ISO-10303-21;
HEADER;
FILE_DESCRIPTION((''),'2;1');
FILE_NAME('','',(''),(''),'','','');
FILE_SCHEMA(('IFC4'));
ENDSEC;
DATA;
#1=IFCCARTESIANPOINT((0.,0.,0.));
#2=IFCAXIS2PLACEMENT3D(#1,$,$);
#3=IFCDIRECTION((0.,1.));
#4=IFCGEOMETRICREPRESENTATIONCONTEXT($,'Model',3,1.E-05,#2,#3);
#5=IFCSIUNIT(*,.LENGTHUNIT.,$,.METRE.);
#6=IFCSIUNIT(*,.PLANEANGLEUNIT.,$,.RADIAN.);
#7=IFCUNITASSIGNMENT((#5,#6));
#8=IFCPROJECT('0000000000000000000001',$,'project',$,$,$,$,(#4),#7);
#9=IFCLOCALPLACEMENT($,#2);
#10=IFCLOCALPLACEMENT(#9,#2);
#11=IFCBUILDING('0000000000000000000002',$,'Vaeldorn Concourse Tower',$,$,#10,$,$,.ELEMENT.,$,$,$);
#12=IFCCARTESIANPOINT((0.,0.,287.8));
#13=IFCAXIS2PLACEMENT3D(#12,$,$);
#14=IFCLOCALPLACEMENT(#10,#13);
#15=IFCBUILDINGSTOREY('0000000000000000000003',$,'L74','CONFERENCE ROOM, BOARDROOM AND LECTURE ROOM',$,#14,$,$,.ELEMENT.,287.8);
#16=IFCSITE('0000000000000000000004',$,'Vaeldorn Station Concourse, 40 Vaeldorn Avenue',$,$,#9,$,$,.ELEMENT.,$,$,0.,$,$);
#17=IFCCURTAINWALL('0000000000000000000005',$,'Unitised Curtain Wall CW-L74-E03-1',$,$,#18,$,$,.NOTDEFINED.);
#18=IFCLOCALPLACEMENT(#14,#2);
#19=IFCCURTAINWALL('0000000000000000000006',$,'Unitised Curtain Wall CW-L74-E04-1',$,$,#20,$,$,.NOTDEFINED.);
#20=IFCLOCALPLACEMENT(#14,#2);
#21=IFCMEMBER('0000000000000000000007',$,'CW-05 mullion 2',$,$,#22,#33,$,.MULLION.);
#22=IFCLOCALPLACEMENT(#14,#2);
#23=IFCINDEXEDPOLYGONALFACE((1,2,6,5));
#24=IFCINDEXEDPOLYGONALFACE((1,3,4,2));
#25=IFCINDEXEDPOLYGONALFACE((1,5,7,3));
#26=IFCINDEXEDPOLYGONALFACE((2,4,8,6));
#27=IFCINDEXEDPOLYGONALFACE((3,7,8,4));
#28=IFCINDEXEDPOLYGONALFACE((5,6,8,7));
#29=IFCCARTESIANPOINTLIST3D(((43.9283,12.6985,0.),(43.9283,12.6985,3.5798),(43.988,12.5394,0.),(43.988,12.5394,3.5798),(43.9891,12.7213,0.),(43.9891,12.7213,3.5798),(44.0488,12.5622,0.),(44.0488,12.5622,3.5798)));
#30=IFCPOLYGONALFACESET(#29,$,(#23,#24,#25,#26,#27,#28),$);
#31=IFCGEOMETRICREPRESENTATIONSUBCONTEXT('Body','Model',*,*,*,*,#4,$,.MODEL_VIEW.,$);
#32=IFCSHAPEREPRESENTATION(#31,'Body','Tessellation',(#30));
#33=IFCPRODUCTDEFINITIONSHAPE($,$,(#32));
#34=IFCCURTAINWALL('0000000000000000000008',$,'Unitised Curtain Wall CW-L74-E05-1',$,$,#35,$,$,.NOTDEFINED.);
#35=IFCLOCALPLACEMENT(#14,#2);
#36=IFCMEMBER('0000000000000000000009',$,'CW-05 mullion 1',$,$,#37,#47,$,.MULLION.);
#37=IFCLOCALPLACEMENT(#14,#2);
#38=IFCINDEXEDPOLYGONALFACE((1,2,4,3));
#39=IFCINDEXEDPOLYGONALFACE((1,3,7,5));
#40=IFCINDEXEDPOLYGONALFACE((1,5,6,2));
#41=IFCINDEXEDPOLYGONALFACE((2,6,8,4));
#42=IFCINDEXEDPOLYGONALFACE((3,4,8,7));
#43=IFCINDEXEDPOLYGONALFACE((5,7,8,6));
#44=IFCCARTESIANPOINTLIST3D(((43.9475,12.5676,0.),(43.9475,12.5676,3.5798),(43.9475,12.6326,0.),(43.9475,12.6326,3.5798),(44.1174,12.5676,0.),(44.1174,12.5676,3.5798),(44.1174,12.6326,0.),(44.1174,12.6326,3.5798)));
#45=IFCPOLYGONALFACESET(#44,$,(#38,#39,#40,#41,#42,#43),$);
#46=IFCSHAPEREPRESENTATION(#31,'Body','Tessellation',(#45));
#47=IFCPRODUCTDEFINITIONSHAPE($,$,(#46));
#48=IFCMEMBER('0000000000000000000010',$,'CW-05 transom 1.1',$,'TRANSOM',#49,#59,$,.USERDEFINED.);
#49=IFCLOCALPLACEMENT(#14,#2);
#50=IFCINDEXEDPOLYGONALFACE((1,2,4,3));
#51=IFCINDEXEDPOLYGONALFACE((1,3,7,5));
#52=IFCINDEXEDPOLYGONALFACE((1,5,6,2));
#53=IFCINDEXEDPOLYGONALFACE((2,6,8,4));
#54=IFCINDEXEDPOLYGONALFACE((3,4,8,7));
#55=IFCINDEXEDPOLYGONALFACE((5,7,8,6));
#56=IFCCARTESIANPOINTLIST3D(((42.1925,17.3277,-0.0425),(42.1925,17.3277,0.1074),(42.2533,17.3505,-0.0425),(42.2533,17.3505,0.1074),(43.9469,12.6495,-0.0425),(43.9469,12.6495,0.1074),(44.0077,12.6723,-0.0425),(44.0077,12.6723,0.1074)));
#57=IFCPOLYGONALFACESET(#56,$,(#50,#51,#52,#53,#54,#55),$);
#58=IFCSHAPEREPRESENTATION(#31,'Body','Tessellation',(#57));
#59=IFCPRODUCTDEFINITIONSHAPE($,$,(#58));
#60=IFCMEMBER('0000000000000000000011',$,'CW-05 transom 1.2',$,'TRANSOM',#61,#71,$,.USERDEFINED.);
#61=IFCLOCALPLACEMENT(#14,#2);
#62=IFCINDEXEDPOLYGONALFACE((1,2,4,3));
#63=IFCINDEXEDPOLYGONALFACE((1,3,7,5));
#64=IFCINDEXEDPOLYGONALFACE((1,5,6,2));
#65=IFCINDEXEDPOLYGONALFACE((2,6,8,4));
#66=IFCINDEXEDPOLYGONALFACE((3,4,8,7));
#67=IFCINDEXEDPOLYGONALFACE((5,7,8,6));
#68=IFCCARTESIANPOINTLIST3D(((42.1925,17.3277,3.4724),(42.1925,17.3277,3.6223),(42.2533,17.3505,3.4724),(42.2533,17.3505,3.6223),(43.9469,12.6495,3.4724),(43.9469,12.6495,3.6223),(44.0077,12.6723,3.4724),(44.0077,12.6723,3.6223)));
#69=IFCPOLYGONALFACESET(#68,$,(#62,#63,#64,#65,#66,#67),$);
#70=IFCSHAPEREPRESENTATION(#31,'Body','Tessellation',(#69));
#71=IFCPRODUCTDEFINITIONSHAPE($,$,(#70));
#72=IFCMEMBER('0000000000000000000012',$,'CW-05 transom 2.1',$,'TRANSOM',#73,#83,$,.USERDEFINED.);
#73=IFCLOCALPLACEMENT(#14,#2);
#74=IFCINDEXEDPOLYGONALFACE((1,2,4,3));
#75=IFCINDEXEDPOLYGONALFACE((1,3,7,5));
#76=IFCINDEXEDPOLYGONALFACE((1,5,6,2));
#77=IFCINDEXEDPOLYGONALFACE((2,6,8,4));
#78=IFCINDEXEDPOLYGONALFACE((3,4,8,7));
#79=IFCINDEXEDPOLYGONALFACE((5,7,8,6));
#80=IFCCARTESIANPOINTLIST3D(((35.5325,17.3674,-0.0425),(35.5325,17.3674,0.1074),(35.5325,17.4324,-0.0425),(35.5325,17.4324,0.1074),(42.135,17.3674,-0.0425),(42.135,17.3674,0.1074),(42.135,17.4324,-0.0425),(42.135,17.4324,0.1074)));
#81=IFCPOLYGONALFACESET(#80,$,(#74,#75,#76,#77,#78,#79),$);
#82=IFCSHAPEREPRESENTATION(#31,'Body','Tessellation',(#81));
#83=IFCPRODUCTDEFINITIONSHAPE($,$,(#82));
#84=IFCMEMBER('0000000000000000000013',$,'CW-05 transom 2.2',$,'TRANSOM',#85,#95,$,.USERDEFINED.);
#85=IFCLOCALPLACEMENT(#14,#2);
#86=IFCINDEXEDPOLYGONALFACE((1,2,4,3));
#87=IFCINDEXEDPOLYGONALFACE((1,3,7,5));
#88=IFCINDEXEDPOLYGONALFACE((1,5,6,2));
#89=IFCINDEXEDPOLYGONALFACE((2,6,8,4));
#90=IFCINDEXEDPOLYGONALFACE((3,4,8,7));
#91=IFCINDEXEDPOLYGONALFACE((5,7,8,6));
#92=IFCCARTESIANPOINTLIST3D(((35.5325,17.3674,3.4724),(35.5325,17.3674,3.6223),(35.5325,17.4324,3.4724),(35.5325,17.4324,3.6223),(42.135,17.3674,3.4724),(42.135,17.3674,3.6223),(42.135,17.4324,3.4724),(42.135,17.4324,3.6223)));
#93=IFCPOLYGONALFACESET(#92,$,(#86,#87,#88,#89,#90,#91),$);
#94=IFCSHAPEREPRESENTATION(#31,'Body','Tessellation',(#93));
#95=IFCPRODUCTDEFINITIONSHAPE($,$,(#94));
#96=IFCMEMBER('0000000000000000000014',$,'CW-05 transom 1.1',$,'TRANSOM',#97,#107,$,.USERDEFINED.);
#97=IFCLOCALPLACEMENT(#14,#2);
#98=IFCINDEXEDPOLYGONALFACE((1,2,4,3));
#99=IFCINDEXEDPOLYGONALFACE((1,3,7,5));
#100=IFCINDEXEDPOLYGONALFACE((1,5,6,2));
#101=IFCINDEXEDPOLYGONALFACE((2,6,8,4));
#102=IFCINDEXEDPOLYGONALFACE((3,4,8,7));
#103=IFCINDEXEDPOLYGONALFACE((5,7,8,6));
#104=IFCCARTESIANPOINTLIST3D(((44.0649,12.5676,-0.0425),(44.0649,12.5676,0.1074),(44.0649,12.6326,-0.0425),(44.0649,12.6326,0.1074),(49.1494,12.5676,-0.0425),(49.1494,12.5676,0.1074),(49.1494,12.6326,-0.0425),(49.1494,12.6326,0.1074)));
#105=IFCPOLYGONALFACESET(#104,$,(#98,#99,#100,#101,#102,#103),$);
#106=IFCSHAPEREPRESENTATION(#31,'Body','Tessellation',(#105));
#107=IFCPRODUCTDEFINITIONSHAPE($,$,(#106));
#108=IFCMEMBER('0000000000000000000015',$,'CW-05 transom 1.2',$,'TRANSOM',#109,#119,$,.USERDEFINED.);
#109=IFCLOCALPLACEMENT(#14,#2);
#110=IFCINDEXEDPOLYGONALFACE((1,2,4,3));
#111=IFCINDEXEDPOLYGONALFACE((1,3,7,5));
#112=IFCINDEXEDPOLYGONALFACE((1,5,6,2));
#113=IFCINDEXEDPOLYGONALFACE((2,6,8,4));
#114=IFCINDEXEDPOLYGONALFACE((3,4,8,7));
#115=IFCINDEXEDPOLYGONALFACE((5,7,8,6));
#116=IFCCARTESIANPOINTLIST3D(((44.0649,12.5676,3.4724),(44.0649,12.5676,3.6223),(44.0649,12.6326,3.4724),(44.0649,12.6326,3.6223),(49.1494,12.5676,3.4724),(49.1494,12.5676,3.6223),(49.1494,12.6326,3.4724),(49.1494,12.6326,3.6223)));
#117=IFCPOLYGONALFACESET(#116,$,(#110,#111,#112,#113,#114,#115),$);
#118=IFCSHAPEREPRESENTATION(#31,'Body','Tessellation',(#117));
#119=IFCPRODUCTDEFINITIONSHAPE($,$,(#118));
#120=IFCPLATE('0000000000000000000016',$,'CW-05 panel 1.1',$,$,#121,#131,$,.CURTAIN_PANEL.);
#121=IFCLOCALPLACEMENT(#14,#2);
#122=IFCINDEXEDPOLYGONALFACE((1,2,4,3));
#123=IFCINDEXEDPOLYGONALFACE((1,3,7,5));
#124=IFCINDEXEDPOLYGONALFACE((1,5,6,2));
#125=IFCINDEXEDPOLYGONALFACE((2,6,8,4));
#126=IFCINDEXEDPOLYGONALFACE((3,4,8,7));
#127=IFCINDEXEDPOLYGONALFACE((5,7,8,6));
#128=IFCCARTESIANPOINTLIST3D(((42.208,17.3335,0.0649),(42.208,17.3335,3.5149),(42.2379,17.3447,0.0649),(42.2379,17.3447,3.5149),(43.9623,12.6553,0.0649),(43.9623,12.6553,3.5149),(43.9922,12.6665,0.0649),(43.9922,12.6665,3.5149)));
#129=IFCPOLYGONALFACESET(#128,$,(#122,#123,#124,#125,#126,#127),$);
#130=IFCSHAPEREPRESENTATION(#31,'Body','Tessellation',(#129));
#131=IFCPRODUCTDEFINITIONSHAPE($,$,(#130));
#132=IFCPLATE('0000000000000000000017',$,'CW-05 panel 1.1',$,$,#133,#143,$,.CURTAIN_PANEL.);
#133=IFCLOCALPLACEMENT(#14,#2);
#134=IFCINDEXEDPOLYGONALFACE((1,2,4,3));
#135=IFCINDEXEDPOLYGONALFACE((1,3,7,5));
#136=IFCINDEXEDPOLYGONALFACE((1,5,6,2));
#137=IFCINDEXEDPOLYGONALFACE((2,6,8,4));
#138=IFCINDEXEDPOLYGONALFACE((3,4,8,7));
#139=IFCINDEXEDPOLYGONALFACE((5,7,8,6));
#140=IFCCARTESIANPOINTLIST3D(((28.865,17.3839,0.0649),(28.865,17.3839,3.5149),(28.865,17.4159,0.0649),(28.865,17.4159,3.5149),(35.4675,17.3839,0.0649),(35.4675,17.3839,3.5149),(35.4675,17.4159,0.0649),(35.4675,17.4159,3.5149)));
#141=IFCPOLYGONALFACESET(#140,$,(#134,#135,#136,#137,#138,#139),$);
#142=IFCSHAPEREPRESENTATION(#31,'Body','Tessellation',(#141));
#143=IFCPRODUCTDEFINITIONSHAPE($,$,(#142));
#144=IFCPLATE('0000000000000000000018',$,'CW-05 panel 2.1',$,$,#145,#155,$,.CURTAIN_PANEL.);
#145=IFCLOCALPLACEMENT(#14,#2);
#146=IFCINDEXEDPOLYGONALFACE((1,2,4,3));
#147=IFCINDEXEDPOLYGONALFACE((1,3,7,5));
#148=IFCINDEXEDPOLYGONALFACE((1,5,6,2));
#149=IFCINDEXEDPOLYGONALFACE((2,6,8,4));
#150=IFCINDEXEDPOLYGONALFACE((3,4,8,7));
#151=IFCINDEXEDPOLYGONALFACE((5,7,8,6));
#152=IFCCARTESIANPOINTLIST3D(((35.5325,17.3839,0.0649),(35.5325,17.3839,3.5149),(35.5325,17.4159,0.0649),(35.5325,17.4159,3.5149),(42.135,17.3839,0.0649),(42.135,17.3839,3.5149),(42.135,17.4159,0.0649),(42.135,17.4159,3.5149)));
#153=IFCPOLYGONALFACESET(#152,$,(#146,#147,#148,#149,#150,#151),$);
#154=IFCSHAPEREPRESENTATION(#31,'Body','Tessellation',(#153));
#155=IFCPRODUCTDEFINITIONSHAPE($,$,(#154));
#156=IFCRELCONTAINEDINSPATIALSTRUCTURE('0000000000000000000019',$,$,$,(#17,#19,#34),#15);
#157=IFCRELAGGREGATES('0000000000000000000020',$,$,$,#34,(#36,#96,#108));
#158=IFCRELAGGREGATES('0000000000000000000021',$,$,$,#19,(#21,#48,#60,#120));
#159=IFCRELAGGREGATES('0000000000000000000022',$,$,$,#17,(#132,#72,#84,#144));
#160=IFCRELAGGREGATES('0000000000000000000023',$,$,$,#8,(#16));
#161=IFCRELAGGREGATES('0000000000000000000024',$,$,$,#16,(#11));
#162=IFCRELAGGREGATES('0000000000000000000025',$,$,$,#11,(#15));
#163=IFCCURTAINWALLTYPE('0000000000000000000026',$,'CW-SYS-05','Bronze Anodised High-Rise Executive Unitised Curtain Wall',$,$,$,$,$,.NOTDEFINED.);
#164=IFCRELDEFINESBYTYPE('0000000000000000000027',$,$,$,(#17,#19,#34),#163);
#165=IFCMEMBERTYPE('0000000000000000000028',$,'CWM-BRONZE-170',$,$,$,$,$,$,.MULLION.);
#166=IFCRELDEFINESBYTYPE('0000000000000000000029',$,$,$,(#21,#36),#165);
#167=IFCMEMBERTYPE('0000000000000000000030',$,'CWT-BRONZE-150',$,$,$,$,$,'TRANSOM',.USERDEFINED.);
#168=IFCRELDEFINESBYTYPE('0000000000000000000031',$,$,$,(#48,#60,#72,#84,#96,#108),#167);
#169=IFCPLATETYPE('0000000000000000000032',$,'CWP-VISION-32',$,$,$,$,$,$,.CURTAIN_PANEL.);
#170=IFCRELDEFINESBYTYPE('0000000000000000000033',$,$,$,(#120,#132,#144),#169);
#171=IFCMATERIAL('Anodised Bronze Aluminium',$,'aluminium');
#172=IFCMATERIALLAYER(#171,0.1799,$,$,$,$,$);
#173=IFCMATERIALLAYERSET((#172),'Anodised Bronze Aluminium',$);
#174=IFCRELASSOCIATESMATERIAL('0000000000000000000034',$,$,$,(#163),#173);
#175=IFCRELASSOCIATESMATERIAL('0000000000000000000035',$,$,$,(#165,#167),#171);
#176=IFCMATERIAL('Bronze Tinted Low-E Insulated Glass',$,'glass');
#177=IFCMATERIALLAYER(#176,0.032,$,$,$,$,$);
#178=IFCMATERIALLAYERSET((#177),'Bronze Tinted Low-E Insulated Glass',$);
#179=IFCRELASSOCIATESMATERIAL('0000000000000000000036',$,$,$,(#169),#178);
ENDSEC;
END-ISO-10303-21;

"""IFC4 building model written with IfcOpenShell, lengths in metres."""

from ifc_helpers import new_model, si_unit, direction, frame, origin, origin_2d, place, context, subcontext, project, spatial, rectangle, extrude, source, transform, mapped, material, layer, layer_set, material_profile, profile_set, type_object, element, aggregate, save


model = new_model("IFC4")

# Units and contexts
model_context = context("Model", 3, precision=1e-05, world=origin(), true_north=direction((0.0, 1.0)))
body_context = subcontext(model_context, "Body", "Model", "MODEL_VIEW")
ifc_project = project(units=[si_unit("LENGTHUNIT", "METRE"), si_unit("PLANEANGLEUNIT", "RADIAN")], contexts=[model_context])

# Site, building, storey
site_placement = place(None, origin())
site = spatial("IfcSite", under=ifc_project, at=site_placement, Name="Vaeldorn Station Concourse, 40 Vaeldorn Avenue", CompositionType="ELEMENT", RefElevation=0.0)
building_placement = place(site_placement, origin())
building = spatial("IfcBuilding", under=site, at=building_placement, Name="Vaeldorn Concourse Tower", CompositionType="ELEMENT")
storey_placement = place(building_placement, frame((0.0, 0.0, 287.8)))
storey = spatial("IfcBuildingStorey", under=building, at=storey_placement, Name="L74", Description="CONFERENCE ROOM, BOARDROOM AND LECTURE ROOM", CompositionType="ELEMENT", Elevation=287.8)

# Curtain walls, member
ifc_material_1 = material(Name="Anodised Bronze Aluminium", Category="aluminium")
ifc_layer_1 = layer(ifc_material_1, 0.1799)
ifc_layer_set_1 = layer_set([ifc_layer_1], Name="Anodised Bronze Aluminium")
curtain_wall_type = type_object("IfcCurtainWallType", Name="CW-SYS-05", Description="Bronze Anodised High-Rise Executive Unitised Curtain Wall", PredefinedType="NOTDEFINED", material=ifc_layer_set_1)
curtain_wall_1_placement = place(storey_placement, origin())
curtain_wall_1 = element("IfcCurtainWall", 1, at=curtain_wall_1_placement, inside=storey, type_object=curtain_wall_type, Name="Unitised Curtain Wall CW-L74-E03-1", PredefinedType="NOTDEFINED")
ifc_material_profile_1 = material_profile(ifc_material_1, rectangle(XDim=0.0649, YDim=0.1699, at=origin_2d()), Name="CWM 65x170")
ifc_profile_set_1 = profile_set([ifc_material_profile_1], Name="Anodised Bronze Aluminium")
member_type_1 = type_object("IfcMemberType", Name="CWM-BRONZE-170", PredefinedType="MULLION", material=ifc_profile_set_1)
shared_shape_1 = source(origin(), body_context, "Body", "SweptSolid", [
    extrude(rectangle(XDim=0.0649, YDim=0.1699, at=origin_2d()), origin(), (0.0, 0.0, 1.0), 3.5798),
])
curtain_wall_2_placement = place(storey_placement, origin())
curtain_wall_2 = element("IfcCurtainWall", 2, at=curtain_wall_2_placement, inside=storey, type_object=curtain_wall_type, Name="Unitised Curtain Wall CW-L74-E04-1", PredefinedType="NOTDEFINED")
member_1_placement = place(storey_placement, frame((43.9885, 12.6304, 0.0), z_axis=(0.0, 0.0, 1.0), x_axis=(0.936329, 0.351123, 0.0)))
member_1 = element("IfcMember", 3, at=member_1_placement, type_object=member_type_1, Name="CW-05 mullion 2", PredefinedType="MULLION", context=body_context, shape_type="MappedRepresentation", body=[
    mapped(shared_shape_1, transform((0.0, 0.0, 0.0), scale=1.0)),
])

# Curtain wall, member
curtain_wall_3_placement = place(storey_placement, origin())
curtain_wall_3 = element("IfcCurtainWall", 4, at=curtain_wall_3_placement, inside=storey, type_object=curtain_wall_type, Name="Unitised Curtain Wall CW-L74-E05-1", PredefinedType="NOTDEFINED")
member_2_placement = place(storey_placement, frame((44.0325, 12.6001, 0.0), z_axis=(0.0, 0.0, 1.0), x_axis=(0.0, 1.0, 0.0)))
member_2 = element("IfcMember", 5, at=member_2_placement, type_object=member_type_1, Name="CW-05 mullion 1", PredefinedType="MULLION", context=body_context, shape_type="MappedRepresentation", body=[
    mapped(shared_shape_1, transform((0.0, 0.0, 0.0), scale=1.0)),
])

# Members
ifc_material_profile_2 = material_profile(ifc_material_1, rectangle(XDim=0.0649, YDim=0.1499, at=origin_2d()), Name="CWT 65x150")
ifc_profile_set_2 = profile_set([ifc_material_profile_2], Name="Anodised Bronze Aluminium")
member_type_2 = type_object("IfcMemberType", Name="CWT-BRONZE-150", ElementType="TRANSOM", PredefinedType="USERDEFINED", material=ifc_profile_set_2)
shared_shape_2 = source(origin(), body_context, "Body", "SweptSolid", [
    extrude(rectangle(XDim=0.0649, YDim=0.1499, at=origin_2d()), origin(), (0.0, 0.0, 1.0), 4.9963),
])
member_3_placement = place(storey_placement, frame((42.2229, 17.3391, 0.0325), z_axis=(0.351134, -0.936325, 0.0), x_axis=(0.936325, 0.351134, 0.0)))
member_3 = element("IfcMember", 6, at=member_3_placement, type_object=member_type_2, Name="CW-05 transom 1.1", ObjectType="TRANSOM", PredefinedType="USERDEFINED", context=body_context, shape_type="MappedRepresentation", body=[
    mapped(shared_shape_2, transform((0.0, 0.0, 0.0), scale=1.0)),
])
member_4_placement = place(storey_placement, frame((42.2229, 17.3391, 3.5474), z_axis=(0.351134, -0.936325, 0.0), x_axis=(0.936325, 0.351134, 0.0)))
member_4 = element("IfcMember", 7, at=member_4_placement, type_object=member_type_2, Name="CW-05 transom 1.2", ObjectType="TRANSOM", PredefinedType="USERDEFINED", context=body_context, shape_type="MappedRepresentation", body=[
    mapped(shared_shape_2, transform((0.0, 0.0, 0.0), scale=1.0)),
])
shared_shape_3 = source(origin(), body_context, "Body", "SweptSolid", [
    extrude(rectangle(XDim=0.0649, YDim=0.1499, at=origin_2d()), origin(), (0.0, 0.0, 1.0), 6.6025),
])
member_5_placement = place(storey_placement, frame((35.5325, 17.3999, 0.0325), z_axis=(1.0, 0.0, 0.0), x_axis=(0.0, 1.0, 0.0)))
member_5 = element("IfcMember", 8, at=member_5_placement, type_object=member_type_2, Name="CW-05 transom 2.1", ObjectType="TRANSOM", PredefinedType="USERDEFINED", context=body_context, shape_type="MappedRepresentation", body=[
    mapped(shared_shape_3, transform((0.0, 0.0, 0.0), scale=1.0)),
])
member_6_placement = place(storey_placement, frame((35.5325, 17.3999, 3.5474), z_axis=(1.0, 0.0, 0.0), x_axis=(0.0, 1.0, 0.0)))
member_6 = element("IfcMember", 9, at=member_6_placement, type_object=member_type_2, Name="CW-05 transom 2.2", ObjectType="TRANSOM", PredefinedType="USERDEFINED", context=body_context, shape_type="MappedRepresentation", body=[
    mapped(shared_shape_3, transform((0.0, 0.0, 0.0), scale=1.0)),
])
shared_shape_4 = source(origin(), body_context, "Body", "SweptSolid", [
    extrude(rectangle(XDim=0.0649, YDim=0.1499, at=origin_2d()), origin(), (0.0, 0.0, 1.0), 5.0845),
])
member_7_placement = place(storey_placement, frame((44.0649, 12.6001, 0.0325), z_axis=(1.0, 0.0, 0.0), x_axis=(0.0, 1.0, 0.0)))
member_7 = element("IfcMember", 10, at=member_7_placement, type_object=member_type_2, Name="CW-05 transom 1.1", ObjectType="TRANSOM", PredefinedType="USERDEFINED", context=body_context, shape_type="MappedRepresentation", body=[
    mapped(shared_shape_4, transform((0.0, 0.0, 0.0), scale=1.0)),
])
member_8_placement = place(storey_placement, frame((44.0649, 12.6001, 3.5474), z_axis=(1.0, 0.0, 0.0), x_axis=(0.0, 1.0, 0.0)))
member_8 = element("IfcMember", 11, at=member_8_placement, type_object=member_type_2, Name="CW-05 transom 1.2", ObjectType="TRANSOM", PredefinedType="USERDEFINED", context=body_context, shape_type="MappedRepresentation", body=[
    mapped(shared_shape_4, transform((0.0, 0.0, 0.0), scale=1.0)),
])
aggregate(curtain_wall_3, [member_2, member_7, member_8])

# Plates
ifc_material_2 = material(Name="Bronze Tinted Low-E Insulated Glass", Category="glass")
ifc_layer_2 = layer(ifc_material_2, 0.032)
ifc_layer_set_2 = layer_set([ifc_layer_2], Name="Bronze Tinted Low-E Insulated Glass")
plate_type = type_object("IfcPlateType", Name="CWP-VISION-32", PredefinedType="CURTAIN_PANEL", material=ifc_layer_set_2)
shared_shape_5 = source(origin(), body_context, "Body", "SweptSolid", [
    extrude(rectangle(XDim=4.9963, YDim=0.032, at=origin_2d()), origin(), (0.0, 0.0, 1.0), 3.45),
])
plate_1_placement = place(storey_placement, frame((43.1001, 15.0, 0.0649), z_axis=(0.0, 0.0, 1.0), x_axis=(0.351123, -0.936329, 0.0)))
plate_1 = element("IfcPlate", 12, at=plate_1_placement, type_object=plate_type, Name="CW-05 panel 1.1", PredefinedType="CURTAIN_PANEL", context=body_context, shape_type="MappedRepresentation", body=[
    mapped(shared_shape_5, transform((0.0, 0.0, 0.0), scale=1.0)),
])
aggregate(curtain_wall_2, [member_1, member_3, member_4, plate_1])
shared_shape_6 = source(origin(), body_context, "Body", "SweptSolid", [
    extrude(rectangle(XDim=6.6025, YDim=0.032, at=origin_2d()), origin(), (0.0, 0.0, 1.0), 3.45),
])
plate_2_placement = place(storey_placement, frame((32.1663, 17.3999, 0.0649), z_axis=(0.0, 0.0, 1.0), x_axis=(1.0, 0.0, 0.0)))
plate_2 = element("IfcPlate", 13, at=plate_2_placement, type_object=plate_type, Name="CW-05 panel 1.1", PredefinedType="CURTAIN_PANEL", context=body_context, shape_type="MappedRepresentation", body=[
    mapped(shared_shape_6, transform((0.0, 0.0, 0.0), scale=1.0)),
])
plate_3_placement = place(storey_placement, frame((38.8337, 17.3999, 0.0649), z_axis=(0.0, 0.0, 1.0), x_axis=(1.0, 0.0, 0.0)))
plate_3 = element("IfcPlate", 14, at=plate_3_placement, type_object=plate_type, Name="CW-05 panel 2.1", PredefinedType="CURTAIN_PANEL", context=body_context, shape_type="MappedRepresentation", body=[
    mapped(shared_shape_6, transform((0.0, 0.0, 0.0), scale=1.0)),
])
aggregate(curtain_wall_1, [plate_2, member_5, member_6, plate_3])

save(model, "model.ifc")
